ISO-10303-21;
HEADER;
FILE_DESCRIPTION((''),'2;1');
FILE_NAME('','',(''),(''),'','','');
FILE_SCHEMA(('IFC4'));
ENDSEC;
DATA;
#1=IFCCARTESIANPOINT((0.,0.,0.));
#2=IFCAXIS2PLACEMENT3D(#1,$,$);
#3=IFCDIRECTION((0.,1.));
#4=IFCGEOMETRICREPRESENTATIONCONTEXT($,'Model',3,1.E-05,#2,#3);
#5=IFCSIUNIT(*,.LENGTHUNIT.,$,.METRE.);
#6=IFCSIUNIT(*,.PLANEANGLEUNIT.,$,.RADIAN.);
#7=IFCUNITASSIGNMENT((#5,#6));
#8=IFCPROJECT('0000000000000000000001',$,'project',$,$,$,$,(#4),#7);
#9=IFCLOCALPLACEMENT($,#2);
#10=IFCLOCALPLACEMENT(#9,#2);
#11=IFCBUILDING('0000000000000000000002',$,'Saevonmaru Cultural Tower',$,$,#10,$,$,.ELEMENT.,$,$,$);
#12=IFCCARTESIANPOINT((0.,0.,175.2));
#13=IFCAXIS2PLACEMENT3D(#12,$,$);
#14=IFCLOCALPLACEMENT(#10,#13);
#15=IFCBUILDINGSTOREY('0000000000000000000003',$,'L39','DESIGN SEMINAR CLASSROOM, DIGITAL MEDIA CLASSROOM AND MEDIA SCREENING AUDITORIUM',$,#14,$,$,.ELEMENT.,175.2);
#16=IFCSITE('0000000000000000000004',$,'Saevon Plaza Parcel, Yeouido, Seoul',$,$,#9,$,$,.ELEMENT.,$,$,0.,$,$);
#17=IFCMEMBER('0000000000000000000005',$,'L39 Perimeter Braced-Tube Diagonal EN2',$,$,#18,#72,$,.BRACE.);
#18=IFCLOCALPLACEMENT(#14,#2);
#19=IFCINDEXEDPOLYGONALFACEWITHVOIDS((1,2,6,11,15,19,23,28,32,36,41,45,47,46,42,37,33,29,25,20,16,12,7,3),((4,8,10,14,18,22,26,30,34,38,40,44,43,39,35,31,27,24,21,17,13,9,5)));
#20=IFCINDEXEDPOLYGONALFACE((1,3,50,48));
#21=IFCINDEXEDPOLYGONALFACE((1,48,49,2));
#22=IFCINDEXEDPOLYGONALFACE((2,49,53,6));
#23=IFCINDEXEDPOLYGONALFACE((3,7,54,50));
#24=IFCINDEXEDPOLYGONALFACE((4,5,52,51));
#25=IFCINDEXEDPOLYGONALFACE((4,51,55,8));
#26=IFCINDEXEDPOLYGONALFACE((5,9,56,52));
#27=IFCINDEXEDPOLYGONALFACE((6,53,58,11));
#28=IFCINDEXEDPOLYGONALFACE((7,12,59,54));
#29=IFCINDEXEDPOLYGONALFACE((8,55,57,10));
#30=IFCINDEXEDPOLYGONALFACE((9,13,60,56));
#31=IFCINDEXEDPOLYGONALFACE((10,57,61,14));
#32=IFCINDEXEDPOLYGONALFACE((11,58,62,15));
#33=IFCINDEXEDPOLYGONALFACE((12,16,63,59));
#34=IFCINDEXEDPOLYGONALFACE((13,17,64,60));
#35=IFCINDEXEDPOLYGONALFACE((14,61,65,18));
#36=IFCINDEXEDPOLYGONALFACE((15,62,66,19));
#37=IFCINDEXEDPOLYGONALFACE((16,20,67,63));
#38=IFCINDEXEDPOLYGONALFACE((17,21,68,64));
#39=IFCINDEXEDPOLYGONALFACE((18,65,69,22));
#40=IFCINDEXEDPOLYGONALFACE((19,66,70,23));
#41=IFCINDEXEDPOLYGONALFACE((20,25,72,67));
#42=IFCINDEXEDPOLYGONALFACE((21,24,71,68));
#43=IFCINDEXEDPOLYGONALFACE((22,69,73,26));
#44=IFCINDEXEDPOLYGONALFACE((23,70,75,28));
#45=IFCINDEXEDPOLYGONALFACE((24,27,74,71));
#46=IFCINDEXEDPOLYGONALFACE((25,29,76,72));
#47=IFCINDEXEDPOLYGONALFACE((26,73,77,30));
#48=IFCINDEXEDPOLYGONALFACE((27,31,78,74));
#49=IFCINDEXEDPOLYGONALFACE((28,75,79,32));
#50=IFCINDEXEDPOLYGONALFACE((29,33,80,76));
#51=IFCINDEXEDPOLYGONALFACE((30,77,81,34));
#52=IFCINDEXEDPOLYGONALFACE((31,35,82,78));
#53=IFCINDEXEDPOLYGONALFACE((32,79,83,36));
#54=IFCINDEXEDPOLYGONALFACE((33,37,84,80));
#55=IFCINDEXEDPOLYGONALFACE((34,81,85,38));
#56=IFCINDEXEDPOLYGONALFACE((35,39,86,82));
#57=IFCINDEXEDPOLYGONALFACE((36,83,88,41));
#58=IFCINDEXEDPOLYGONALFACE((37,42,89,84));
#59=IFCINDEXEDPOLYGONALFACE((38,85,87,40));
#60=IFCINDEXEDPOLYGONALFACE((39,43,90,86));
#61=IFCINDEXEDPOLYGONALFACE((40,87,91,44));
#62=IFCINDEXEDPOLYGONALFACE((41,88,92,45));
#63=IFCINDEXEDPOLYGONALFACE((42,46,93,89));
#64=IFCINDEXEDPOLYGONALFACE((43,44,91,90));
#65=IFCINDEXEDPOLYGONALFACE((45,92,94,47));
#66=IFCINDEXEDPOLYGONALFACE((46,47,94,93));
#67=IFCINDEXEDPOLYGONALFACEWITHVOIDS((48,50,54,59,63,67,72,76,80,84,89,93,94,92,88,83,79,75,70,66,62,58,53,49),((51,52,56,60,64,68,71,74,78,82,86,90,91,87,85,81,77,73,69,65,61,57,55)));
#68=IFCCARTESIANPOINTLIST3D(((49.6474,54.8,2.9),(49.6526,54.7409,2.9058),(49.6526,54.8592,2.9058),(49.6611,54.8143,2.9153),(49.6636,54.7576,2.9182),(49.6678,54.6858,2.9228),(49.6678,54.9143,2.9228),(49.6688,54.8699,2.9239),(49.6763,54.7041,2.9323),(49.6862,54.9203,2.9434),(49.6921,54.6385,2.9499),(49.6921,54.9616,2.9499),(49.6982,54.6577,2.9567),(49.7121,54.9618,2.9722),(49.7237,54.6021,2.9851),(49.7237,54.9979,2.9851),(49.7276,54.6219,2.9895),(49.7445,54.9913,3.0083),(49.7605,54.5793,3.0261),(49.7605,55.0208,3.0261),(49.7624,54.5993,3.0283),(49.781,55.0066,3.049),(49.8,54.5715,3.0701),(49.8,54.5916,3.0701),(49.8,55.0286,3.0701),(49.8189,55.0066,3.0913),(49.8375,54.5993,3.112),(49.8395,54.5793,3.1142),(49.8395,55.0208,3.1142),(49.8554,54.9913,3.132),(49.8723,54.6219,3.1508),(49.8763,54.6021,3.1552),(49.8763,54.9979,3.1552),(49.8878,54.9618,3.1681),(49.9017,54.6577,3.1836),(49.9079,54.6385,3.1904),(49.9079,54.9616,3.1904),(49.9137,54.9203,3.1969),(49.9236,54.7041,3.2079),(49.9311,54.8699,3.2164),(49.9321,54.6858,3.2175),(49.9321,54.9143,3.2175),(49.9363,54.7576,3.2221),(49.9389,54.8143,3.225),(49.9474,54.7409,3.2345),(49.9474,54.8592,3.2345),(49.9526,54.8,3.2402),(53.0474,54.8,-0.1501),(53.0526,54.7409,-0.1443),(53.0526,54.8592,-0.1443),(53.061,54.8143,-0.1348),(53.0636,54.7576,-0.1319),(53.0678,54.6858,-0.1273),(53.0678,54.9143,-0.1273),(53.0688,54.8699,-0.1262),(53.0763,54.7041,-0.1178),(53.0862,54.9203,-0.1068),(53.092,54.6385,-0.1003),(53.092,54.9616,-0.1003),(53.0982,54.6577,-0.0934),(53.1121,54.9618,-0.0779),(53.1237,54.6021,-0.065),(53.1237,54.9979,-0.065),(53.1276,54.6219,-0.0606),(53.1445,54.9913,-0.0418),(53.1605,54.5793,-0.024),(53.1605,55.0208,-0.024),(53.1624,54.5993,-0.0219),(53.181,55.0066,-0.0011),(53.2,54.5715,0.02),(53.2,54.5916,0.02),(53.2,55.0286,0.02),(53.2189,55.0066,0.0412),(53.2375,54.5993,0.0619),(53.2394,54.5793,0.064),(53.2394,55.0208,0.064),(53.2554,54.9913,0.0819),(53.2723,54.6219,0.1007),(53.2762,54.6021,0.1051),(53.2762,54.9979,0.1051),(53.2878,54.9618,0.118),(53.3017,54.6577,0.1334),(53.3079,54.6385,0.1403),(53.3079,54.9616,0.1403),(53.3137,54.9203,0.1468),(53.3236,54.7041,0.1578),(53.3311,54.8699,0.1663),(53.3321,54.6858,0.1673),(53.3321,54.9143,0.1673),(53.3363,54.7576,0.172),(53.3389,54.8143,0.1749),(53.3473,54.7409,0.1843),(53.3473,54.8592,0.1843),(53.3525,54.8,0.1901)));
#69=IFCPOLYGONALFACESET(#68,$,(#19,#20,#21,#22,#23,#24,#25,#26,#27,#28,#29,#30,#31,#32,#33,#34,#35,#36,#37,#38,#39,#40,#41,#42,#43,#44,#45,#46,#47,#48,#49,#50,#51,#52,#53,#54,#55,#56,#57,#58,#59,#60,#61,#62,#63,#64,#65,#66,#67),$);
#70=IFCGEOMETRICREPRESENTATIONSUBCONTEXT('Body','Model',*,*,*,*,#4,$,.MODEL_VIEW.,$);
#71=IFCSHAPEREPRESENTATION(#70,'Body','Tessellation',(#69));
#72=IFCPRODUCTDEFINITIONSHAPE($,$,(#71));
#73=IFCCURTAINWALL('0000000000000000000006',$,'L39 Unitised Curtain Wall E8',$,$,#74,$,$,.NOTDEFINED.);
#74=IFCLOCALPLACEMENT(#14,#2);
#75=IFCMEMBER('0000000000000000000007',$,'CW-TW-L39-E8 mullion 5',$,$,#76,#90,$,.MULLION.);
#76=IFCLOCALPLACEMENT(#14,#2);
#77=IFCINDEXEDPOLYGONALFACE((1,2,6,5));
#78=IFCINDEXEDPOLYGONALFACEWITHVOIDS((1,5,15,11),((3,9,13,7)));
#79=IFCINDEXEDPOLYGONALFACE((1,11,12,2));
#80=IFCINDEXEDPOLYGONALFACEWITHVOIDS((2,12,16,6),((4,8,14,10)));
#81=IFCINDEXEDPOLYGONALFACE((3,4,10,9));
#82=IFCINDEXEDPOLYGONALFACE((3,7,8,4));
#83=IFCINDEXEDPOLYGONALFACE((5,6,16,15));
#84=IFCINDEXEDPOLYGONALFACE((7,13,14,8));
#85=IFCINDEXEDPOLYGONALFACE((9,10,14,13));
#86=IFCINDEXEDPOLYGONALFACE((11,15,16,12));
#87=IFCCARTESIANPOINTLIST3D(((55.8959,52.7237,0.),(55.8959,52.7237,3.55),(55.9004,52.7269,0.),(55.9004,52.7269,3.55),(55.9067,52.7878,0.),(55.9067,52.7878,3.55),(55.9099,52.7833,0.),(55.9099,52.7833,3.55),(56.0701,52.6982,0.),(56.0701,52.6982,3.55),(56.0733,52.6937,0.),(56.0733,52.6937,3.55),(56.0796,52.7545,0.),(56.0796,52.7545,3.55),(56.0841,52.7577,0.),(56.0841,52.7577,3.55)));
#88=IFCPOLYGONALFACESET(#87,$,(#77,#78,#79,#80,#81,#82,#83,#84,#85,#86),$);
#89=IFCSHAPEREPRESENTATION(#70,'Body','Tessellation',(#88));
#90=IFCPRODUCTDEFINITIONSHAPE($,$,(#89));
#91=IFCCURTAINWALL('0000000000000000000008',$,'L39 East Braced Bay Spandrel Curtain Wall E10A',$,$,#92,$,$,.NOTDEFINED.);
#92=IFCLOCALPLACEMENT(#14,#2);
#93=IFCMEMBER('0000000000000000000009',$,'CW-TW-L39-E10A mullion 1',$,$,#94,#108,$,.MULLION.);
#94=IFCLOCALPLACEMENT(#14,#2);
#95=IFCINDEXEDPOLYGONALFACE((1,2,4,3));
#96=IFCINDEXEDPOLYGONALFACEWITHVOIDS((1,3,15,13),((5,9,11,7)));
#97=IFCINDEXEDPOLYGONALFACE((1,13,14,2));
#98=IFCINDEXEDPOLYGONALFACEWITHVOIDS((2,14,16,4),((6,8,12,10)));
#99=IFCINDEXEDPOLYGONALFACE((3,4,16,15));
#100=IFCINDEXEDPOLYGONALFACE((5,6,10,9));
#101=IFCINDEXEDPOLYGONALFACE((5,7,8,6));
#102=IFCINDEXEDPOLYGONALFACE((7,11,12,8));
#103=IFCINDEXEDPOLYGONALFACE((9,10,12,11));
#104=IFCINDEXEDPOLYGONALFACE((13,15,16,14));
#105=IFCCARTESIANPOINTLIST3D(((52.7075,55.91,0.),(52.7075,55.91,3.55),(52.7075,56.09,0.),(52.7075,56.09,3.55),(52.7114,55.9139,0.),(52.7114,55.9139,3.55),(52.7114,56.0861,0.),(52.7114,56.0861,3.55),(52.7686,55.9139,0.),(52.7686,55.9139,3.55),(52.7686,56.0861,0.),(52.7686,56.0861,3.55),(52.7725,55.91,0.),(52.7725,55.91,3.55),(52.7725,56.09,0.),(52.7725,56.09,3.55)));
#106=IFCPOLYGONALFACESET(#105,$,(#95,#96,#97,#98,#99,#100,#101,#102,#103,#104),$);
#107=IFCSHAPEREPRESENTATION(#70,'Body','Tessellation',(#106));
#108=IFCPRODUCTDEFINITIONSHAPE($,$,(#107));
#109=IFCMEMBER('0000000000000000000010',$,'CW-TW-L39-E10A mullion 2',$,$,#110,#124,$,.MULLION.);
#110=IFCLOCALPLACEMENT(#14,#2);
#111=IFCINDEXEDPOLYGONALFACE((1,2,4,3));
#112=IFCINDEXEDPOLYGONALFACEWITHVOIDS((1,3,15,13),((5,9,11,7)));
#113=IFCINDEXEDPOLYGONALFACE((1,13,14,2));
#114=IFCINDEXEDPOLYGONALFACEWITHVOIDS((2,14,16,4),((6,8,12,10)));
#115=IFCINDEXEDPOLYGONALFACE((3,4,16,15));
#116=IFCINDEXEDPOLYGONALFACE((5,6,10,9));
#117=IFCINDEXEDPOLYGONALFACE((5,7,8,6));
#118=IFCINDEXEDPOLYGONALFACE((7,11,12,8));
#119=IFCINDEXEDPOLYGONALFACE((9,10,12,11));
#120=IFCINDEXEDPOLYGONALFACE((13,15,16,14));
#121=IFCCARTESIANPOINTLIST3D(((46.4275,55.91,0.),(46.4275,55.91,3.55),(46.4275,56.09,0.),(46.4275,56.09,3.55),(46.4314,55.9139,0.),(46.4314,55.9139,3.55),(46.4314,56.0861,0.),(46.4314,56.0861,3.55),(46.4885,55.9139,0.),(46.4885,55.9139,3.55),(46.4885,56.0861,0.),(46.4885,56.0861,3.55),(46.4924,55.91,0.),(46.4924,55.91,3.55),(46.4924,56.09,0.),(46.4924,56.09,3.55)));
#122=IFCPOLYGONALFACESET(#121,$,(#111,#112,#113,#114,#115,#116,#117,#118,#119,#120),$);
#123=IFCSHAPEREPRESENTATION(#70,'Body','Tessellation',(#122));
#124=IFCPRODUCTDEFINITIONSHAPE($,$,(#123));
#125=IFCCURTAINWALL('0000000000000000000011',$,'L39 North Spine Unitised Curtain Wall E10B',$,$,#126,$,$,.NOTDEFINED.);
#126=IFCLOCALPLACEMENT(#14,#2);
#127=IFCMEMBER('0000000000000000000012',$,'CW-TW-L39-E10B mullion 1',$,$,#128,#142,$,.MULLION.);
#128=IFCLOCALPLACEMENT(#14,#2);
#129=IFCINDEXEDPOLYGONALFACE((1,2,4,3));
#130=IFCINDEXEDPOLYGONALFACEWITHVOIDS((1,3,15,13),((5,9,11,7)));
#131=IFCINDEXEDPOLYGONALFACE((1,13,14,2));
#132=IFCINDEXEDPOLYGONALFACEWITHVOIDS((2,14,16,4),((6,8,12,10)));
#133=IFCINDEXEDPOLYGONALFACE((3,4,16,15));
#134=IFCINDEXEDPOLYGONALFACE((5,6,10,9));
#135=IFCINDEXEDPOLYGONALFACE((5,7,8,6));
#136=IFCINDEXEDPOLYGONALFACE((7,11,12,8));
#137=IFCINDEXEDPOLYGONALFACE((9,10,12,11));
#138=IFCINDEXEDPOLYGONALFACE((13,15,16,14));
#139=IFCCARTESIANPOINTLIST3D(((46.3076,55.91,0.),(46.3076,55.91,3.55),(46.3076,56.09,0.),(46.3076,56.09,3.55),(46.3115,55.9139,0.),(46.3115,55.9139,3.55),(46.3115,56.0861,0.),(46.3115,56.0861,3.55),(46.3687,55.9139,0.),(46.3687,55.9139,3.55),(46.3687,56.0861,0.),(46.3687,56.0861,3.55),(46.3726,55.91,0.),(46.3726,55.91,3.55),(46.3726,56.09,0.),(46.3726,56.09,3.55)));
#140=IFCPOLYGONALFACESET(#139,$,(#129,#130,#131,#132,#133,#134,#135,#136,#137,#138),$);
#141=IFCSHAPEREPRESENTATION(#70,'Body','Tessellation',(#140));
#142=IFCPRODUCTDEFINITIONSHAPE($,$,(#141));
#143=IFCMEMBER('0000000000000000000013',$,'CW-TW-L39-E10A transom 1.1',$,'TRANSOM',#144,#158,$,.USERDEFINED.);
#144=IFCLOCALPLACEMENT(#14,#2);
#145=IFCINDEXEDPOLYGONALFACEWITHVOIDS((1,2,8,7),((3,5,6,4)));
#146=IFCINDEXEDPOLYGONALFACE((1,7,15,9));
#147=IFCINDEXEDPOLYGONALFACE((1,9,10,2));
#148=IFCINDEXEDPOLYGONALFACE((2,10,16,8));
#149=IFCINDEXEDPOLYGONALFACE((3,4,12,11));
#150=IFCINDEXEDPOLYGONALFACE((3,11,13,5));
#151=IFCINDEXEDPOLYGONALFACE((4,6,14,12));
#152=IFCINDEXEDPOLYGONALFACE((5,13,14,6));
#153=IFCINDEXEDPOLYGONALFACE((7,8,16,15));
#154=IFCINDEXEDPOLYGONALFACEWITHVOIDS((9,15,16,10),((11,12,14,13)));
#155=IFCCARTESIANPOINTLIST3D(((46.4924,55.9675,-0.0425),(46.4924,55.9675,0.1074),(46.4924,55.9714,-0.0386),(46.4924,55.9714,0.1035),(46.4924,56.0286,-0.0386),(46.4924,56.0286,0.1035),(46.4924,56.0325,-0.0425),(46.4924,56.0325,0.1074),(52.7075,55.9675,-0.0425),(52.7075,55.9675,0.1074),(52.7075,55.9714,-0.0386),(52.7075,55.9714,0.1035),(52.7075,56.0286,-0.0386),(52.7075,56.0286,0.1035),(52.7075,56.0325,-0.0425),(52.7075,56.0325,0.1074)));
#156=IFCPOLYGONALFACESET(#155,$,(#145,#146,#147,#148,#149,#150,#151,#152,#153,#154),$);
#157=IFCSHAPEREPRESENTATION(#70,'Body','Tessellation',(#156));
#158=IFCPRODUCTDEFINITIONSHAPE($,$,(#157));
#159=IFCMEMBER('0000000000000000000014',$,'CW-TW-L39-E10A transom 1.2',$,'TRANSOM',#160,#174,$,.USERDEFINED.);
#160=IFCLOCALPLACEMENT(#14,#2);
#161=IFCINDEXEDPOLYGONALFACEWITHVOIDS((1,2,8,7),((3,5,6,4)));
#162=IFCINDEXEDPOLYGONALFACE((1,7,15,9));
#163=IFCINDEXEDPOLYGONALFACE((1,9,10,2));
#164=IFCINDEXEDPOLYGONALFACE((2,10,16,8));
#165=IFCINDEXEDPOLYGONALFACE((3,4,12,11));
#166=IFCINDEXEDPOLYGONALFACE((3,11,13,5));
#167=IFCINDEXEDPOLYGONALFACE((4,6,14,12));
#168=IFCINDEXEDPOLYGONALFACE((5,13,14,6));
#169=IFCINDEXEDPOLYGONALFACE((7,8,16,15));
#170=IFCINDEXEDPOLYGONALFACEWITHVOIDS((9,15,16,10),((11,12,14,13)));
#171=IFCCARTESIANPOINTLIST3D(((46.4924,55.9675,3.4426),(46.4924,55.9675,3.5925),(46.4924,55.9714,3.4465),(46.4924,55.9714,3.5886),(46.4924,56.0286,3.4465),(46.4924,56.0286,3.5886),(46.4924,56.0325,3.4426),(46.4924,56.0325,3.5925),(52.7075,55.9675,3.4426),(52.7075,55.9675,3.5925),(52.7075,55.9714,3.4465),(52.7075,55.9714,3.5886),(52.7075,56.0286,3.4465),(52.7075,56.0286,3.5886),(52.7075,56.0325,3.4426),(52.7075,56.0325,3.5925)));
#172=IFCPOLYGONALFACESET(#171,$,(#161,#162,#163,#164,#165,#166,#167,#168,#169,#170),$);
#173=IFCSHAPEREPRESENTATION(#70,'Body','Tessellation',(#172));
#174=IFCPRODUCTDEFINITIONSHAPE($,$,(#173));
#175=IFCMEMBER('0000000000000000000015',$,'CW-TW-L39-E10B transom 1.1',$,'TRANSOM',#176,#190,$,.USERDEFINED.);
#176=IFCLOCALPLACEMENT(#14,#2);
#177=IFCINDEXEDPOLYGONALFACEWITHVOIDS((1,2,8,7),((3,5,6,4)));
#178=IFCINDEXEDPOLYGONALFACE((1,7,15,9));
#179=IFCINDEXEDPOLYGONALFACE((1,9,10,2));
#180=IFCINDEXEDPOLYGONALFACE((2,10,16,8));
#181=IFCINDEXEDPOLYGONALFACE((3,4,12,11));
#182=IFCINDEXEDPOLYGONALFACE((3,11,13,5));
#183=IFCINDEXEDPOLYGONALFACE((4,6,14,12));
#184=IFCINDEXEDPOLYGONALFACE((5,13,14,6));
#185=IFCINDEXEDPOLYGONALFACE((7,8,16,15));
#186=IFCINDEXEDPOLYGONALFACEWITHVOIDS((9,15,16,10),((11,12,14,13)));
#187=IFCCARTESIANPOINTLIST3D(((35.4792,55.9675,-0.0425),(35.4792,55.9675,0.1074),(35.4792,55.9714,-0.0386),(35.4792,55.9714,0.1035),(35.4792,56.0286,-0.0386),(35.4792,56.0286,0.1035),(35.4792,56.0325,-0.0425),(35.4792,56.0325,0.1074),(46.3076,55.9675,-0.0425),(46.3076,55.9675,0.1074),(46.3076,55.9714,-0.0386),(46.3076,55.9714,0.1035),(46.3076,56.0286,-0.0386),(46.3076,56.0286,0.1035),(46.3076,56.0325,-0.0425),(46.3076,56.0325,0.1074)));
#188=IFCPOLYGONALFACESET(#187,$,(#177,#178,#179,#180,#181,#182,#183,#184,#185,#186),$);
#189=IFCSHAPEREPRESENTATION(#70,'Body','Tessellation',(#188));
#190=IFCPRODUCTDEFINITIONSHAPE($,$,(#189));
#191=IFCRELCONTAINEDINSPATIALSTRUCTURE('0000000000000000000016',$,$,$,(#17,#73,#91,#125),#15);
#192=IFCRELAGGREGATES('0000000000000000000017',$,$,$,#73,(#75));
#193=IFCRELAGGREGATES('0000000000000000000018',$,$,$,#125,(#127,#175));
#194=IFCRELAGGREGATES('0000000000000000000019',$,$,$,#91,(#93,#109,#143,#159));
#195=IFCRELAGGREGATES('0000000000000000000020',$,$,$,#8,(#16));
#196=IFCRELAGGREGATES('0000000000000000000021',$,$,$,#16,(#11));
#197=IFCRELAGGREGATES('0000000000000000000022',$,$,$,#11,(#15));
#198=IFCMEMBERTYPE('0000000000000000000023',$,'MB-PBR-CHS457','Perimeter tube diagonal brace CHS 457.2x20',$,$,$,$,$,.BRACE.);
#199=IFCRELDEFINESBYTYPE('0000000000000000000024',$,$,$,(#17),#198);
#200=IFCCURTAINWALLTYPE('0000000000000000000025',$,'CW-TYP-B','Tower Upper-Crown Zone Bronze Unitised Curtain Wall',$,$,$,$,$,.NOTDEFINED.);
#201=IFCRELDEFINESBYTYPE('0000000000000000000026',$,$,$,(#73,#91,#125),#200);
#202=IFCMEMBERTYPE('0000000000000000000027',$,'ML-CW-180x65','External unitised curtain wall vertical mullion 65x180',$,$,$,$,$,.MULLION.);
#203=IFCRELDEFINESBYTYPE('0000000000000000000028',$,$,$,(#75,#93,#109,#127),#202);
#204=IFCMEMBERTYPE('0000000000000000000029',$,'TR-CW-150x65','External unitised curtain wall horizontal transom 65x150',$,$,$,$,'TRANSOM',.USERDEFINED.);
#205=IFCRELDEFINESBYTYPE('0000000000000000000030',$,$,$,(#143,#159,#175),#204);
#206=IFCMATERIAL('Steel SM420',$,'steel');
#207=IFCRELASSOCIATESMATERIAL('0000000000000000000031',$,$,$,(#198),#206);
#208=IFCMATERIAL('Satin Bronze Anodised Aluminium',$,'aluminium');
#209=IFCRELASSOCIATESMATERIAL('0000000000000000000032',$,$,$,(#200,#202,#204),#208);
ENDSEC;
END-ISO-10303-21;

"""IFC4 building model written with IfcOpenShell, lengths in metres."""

from ifc_helpers import new_model, si_unit, direction, frame, origin, origin_2d, place, context, subcontext, project, spatial, hollow_rectangle, hollow_circle, extrude, material, material_profile, profile_set, type_object, element, aggregate, save


model = new_model("IFC4")

# Units and contexts
model_context = context("Model", 3, precision=1e-05, world=origin(), true_north=direction((0.0, 1.0)))
body_context = subcontext(model_context, "Body", "Model", "MODEL_VIEW")
ifc_project = project(units=[si_unit("LENGTHUNIT", "METRE"), si_unit("PLANEANGLEUNIT", "RADIAN")], contexts=[model_context])

# Site, building, storey
site_placement = place(None, origin())
site = spatial("IfcSite", under=ifc_project, at=site_placement, Name="Saevon Plaza Parcel, Yeouido, Seoul", CompositionType="ELEMENT", RefElevation=0.0)
building_placement = place(site_placement, origin())
building = spatial("IfcBuilding", under=site, at=building_placement, Name="Saevonmaru Cultural Tower", CompositionType="ELEMENT")
storey_placement = place(building_placement, frame((0.0, 0.0, 175.2)))
storey = spatial("IfcBuildingStorey", under=building, at=storey_placement, Name="L39", Description="DESIGN SEMINAR CLASSROOM, DIGITAL MEDIA CLASSROOM AND MEDIA SCREENING AUDITORIUM", CompositionType="ELEMENT", Elevation=175.2)

# Shared definitions
ifc_material_1 = material(Name="Steel SM420", Category="steel")

# Member
ifc_material_profile_1 = material_profile(ifc_material_1, hollow_circle(Radius=0.2285, WallThickness=0.02, at=origin_2d()), Name="CHS-457.2x20")
ifc_profile_set_1 = profile_set([ifc_material_profile_1], Name="Steel SM420")
member_type_1 = type_object("IfcMemberType", Name="MB-PBR-CHS457", Description="Perimeter tube diagonal brace CHS 457.2x20", PredefinedType="BRACE", material=ifc_profile_set_1)
for number, where, z_axis, x_axis, name in (
    (1, (53.2, 54.8, 0.02), (-0.744367, 0.0, 0.667771), (0.0, -1.0, 0.0), "L39 Perimeter Braced-Tube Diagonal EN2"),
):
    element("IfcMember", number, at=place(storey_placement, frame(where, z_axis=z_axis, x_axis=x_axis)), inside=storey, type_object=member_type_1, Name=name, PredefinedType="BRACE", context=body_context, shape_type="SweptSolid", body=[
        extrude(hollow_circle(Radius=0.2285, WallThickness=0.02, at=origin_2d()), origin(), (0.0, 0.0, 1.0), 4.5676),
    ])

# Curtain wall, member
ifc_material_2 = material(Name="Satin Bronze Anodised Aluminium", Category="aluminium")
curtain_wall_type = type_object("IfcCurtainWallType", Name="CW-TYP-B", Description="Tower Upper-Crown Zone Bronze Unitised Curtain Wall", PredefinedType="NOTDEFINED", material=ifc_material_2)
curtain_wall_1_placement = place(storey_placement, origin())
curtain_wall_1 = element("IfcCurtainWall", 2, at=curtain_wall_1_placement, inside=storey, type_object=curtain_wall_type, Name="L39 Unitised Curtain Wall E8", PredefinedType="NOTDEFINED")
ifc_material_profile_2 = material_profile(ifc_material_2, hollow_rectangle(XDim=0.0649, YDim=0.1799, WallThickness=0.0039, at=origin_2d()), Name="ALU-MULL-180x65x4")
ifc_profile_set_2 = profile_set([ifc_material_profile_2], Name="Satin Bronze Anodised Aluminium")
member_type_2 = type_object("IfcMemberType", Name="ML-CW-180x65", Description="External unitised curtain wall vertical mullion 65x180", PredefinedType="MULLION", material=ifc_profile_set_2)
member_1_placement = place(storey_placement, frame((55.99, 52.7407, 0.0), z_axis=(0.0, 0.0, 1.0), x_axis=(0.166922, 0.98597, 0.0)))
member_1 = element("IfcMember", 3, at=member_1_placement, type_object=member_type_2, Name="CW-TW-L39-E8 mullion 5", PredefinedType="MULLION", context=body_context, shape_type="SweptSolid", body=[
    extrude(hollow_rectangle(XDim=0.0649, YDim=0.1799, WallThickness=0.0039, at=origin_2d()), origin(), (0.0, 0.0, 1.0), 3.55),
])
aggregate(curtain_wall_1, [member_1])

# Curtain wall, members
curtain_wall_2_placement = place(storey_placement, origin())
curtain_wall_2 = element("IfcCurtainWall", 4, at=curtain_wall_2_placement, inside=storey, type_object=curtain_wall_type, Name="L39 East Braced Bay Spandrel Curtain Wall E10A", PredefinedType="NOTDEFINED")
member_2_placement = place(storey_placement, frame((52.74, 56.0, 0.0), z_axis=(0.0, 0.0, 1.0), x_axis=(-1.0, 0.0, 0.0)))
member_2 = element("IfcMember", 5, at=member_2_placement, type_object=member_type_2, Name="CW-TW-L39-E10A mullion 1", PredefinedType="MULLION", context=body_context, shape_type="SweptSolid", body=[
    extrude(hollow_rectangle(XDim=0.0649, YDim=0.1799, WallThickness=0.0039, at=origin_2d()), origin(), (0.0, 0.0, 1.0), 3.55),
])
member_3_placement = place(storey_placement, frame((46.46, 56.0, 0.0), z_axis=(0.0, 0.0, 1.0), x_axis=(-1.0, 0.0, 0.0)))
member_3 = element("IfcMember", 6, at=member_3_placement, type_object=member_type_2, Name="CW-TW-L39-E10A mullion 2", PredefinedType="MULLION", context=body_context, shape_type="SweptSolid", body=[
    extrude(hollow_rectangle(XDim=0.0649, YDim=0.1799, WallThickness=0.0039, at=origin_2d()), origin(), (0.0, 0.0, 1.0), 3.55),
])

# Curtain wall, member
curtain_wall_3_placement = place(storey_placement, origin())
curtain_wall_3 = element("IfcCurtainWall", 7, at=curtain_wall_3_placement, inside=storey, type_object=curtain_wall_type, Name="L39 North Spine Unitised Curtain Wall E10B", PredefinedType="NOTDEFINED")
member_4_placement = place(storey_placement, frame((46.3401, 56.0, 0.0), z_axis=(0.0, 0.0, 1.0), x_axis=(-1.0, 0.0, 0.0)))
member_4 = element("IfcMember", 8, at=member_4_placement, type_object=member_type_2, Name="CW-TW-L39-E10B mullion 1", PredefinedType="MULLION", context=body_context, shape_type="SweptSolid", body=[
    extrude(hollow_rectangle(XDim=0.0649, YDim=0.1799, WallThickness=0.0039, at=origin_2d()), origin(), (0.0, 0.0, 1.0), 3.55),
])

# Members
ifc_material_profile_3 = material_profile(ifc_material_2, hollow_rectangle(XDim=0.0649, YDim=0.1499, WallThickness=0.0039, at=origin_2d()), Name="ALU-TRAN-150x65x4")
ifc_profile_set_3 = profile_set([ifc_material_profile_3], Name="Satin Bronze Anodised Aluminium")
member_type_3 = type_object("IfcMemberType", Name="TR-CW-150x65", Description="External unitised curtain wall horizontal transom 65x150", ElementType="TRANSOM", PredefinedType="USERDEFINED", material=ifc_profile_set_3)
member_5_placement = place(storey_placement, frame((52.7075, 56.0, 0.0325), z_axis=(-1.0, 0.0, 0.0), x_axis=(0.0, -1.0, 0.0)))
member_5 = element("IfcMember", 9, at=member_5_placement, type_object=member_type_3, Name="CW-TW-L39-E10A transom 1.1", ObjectType="TRANSOM", PredefinedType="USERDEFINED", context=body_context, shape_type="SweptSolid", body=[
    extrude(hollow_rectangle(XDim=0.0649, YDim=0.1499, WallThickness=0.0039, at=origin_2d()), origin(), (0.0, 0.0, 1.0), 6.2151),
])
member_6_placement = place(storey_placement, frame((52.7075, 56.0, 3.5176), z_axis=(-1.0, 0.0, 0.0), x_axis=(0.0, -1.0, 0.0)))
member_6 = element("IfcMember", 10, at=member_6_placement, type_object=member_type_3, Name="CW-TW-L39-E10A transom 1.2", ObjectType="TRANSOM", PredefinedType="USERDEFINED", context=body_context, shape_type="SweptSolid", body=[
    extrude(hollow_rectangle(XDim=0.0649, YDim=0.1499, WallThickness=0.0039, at=origin_2d()), origin(), (0.0, 0.0, 1.0), 6.2151),
])
member_7_placement = place(storey_placement, frame((46.3076, 56.0, 0.0325), z_axis=(-1.0, 0.0, 0.0), x_axis=(0.0, -1.0, 0.0)))
member_7 = element("IfcMember", 11, at=member_7_placement, type_object=member_type_3, Name="CW-TW-L39-E10B transom 1.1", ObjectType="TRANSOM", PredefinedType="USERDEFINED", context=body_context, shape_type="SweptSolid", body=[
    extrude(hollow_rectangle(XDim=0.0649, YDim=0.1499, WallThickness=0.0039, at=origin_2d()), origin(), (0.0, 0.0, 1.0), 10.8284),
])
aggregate(curtain_wall_3, [member_4, member_7])

aggregate(curtain_wall_2, [member_2, member_3, member_5, member_6])

save(model, "model.ifc")
